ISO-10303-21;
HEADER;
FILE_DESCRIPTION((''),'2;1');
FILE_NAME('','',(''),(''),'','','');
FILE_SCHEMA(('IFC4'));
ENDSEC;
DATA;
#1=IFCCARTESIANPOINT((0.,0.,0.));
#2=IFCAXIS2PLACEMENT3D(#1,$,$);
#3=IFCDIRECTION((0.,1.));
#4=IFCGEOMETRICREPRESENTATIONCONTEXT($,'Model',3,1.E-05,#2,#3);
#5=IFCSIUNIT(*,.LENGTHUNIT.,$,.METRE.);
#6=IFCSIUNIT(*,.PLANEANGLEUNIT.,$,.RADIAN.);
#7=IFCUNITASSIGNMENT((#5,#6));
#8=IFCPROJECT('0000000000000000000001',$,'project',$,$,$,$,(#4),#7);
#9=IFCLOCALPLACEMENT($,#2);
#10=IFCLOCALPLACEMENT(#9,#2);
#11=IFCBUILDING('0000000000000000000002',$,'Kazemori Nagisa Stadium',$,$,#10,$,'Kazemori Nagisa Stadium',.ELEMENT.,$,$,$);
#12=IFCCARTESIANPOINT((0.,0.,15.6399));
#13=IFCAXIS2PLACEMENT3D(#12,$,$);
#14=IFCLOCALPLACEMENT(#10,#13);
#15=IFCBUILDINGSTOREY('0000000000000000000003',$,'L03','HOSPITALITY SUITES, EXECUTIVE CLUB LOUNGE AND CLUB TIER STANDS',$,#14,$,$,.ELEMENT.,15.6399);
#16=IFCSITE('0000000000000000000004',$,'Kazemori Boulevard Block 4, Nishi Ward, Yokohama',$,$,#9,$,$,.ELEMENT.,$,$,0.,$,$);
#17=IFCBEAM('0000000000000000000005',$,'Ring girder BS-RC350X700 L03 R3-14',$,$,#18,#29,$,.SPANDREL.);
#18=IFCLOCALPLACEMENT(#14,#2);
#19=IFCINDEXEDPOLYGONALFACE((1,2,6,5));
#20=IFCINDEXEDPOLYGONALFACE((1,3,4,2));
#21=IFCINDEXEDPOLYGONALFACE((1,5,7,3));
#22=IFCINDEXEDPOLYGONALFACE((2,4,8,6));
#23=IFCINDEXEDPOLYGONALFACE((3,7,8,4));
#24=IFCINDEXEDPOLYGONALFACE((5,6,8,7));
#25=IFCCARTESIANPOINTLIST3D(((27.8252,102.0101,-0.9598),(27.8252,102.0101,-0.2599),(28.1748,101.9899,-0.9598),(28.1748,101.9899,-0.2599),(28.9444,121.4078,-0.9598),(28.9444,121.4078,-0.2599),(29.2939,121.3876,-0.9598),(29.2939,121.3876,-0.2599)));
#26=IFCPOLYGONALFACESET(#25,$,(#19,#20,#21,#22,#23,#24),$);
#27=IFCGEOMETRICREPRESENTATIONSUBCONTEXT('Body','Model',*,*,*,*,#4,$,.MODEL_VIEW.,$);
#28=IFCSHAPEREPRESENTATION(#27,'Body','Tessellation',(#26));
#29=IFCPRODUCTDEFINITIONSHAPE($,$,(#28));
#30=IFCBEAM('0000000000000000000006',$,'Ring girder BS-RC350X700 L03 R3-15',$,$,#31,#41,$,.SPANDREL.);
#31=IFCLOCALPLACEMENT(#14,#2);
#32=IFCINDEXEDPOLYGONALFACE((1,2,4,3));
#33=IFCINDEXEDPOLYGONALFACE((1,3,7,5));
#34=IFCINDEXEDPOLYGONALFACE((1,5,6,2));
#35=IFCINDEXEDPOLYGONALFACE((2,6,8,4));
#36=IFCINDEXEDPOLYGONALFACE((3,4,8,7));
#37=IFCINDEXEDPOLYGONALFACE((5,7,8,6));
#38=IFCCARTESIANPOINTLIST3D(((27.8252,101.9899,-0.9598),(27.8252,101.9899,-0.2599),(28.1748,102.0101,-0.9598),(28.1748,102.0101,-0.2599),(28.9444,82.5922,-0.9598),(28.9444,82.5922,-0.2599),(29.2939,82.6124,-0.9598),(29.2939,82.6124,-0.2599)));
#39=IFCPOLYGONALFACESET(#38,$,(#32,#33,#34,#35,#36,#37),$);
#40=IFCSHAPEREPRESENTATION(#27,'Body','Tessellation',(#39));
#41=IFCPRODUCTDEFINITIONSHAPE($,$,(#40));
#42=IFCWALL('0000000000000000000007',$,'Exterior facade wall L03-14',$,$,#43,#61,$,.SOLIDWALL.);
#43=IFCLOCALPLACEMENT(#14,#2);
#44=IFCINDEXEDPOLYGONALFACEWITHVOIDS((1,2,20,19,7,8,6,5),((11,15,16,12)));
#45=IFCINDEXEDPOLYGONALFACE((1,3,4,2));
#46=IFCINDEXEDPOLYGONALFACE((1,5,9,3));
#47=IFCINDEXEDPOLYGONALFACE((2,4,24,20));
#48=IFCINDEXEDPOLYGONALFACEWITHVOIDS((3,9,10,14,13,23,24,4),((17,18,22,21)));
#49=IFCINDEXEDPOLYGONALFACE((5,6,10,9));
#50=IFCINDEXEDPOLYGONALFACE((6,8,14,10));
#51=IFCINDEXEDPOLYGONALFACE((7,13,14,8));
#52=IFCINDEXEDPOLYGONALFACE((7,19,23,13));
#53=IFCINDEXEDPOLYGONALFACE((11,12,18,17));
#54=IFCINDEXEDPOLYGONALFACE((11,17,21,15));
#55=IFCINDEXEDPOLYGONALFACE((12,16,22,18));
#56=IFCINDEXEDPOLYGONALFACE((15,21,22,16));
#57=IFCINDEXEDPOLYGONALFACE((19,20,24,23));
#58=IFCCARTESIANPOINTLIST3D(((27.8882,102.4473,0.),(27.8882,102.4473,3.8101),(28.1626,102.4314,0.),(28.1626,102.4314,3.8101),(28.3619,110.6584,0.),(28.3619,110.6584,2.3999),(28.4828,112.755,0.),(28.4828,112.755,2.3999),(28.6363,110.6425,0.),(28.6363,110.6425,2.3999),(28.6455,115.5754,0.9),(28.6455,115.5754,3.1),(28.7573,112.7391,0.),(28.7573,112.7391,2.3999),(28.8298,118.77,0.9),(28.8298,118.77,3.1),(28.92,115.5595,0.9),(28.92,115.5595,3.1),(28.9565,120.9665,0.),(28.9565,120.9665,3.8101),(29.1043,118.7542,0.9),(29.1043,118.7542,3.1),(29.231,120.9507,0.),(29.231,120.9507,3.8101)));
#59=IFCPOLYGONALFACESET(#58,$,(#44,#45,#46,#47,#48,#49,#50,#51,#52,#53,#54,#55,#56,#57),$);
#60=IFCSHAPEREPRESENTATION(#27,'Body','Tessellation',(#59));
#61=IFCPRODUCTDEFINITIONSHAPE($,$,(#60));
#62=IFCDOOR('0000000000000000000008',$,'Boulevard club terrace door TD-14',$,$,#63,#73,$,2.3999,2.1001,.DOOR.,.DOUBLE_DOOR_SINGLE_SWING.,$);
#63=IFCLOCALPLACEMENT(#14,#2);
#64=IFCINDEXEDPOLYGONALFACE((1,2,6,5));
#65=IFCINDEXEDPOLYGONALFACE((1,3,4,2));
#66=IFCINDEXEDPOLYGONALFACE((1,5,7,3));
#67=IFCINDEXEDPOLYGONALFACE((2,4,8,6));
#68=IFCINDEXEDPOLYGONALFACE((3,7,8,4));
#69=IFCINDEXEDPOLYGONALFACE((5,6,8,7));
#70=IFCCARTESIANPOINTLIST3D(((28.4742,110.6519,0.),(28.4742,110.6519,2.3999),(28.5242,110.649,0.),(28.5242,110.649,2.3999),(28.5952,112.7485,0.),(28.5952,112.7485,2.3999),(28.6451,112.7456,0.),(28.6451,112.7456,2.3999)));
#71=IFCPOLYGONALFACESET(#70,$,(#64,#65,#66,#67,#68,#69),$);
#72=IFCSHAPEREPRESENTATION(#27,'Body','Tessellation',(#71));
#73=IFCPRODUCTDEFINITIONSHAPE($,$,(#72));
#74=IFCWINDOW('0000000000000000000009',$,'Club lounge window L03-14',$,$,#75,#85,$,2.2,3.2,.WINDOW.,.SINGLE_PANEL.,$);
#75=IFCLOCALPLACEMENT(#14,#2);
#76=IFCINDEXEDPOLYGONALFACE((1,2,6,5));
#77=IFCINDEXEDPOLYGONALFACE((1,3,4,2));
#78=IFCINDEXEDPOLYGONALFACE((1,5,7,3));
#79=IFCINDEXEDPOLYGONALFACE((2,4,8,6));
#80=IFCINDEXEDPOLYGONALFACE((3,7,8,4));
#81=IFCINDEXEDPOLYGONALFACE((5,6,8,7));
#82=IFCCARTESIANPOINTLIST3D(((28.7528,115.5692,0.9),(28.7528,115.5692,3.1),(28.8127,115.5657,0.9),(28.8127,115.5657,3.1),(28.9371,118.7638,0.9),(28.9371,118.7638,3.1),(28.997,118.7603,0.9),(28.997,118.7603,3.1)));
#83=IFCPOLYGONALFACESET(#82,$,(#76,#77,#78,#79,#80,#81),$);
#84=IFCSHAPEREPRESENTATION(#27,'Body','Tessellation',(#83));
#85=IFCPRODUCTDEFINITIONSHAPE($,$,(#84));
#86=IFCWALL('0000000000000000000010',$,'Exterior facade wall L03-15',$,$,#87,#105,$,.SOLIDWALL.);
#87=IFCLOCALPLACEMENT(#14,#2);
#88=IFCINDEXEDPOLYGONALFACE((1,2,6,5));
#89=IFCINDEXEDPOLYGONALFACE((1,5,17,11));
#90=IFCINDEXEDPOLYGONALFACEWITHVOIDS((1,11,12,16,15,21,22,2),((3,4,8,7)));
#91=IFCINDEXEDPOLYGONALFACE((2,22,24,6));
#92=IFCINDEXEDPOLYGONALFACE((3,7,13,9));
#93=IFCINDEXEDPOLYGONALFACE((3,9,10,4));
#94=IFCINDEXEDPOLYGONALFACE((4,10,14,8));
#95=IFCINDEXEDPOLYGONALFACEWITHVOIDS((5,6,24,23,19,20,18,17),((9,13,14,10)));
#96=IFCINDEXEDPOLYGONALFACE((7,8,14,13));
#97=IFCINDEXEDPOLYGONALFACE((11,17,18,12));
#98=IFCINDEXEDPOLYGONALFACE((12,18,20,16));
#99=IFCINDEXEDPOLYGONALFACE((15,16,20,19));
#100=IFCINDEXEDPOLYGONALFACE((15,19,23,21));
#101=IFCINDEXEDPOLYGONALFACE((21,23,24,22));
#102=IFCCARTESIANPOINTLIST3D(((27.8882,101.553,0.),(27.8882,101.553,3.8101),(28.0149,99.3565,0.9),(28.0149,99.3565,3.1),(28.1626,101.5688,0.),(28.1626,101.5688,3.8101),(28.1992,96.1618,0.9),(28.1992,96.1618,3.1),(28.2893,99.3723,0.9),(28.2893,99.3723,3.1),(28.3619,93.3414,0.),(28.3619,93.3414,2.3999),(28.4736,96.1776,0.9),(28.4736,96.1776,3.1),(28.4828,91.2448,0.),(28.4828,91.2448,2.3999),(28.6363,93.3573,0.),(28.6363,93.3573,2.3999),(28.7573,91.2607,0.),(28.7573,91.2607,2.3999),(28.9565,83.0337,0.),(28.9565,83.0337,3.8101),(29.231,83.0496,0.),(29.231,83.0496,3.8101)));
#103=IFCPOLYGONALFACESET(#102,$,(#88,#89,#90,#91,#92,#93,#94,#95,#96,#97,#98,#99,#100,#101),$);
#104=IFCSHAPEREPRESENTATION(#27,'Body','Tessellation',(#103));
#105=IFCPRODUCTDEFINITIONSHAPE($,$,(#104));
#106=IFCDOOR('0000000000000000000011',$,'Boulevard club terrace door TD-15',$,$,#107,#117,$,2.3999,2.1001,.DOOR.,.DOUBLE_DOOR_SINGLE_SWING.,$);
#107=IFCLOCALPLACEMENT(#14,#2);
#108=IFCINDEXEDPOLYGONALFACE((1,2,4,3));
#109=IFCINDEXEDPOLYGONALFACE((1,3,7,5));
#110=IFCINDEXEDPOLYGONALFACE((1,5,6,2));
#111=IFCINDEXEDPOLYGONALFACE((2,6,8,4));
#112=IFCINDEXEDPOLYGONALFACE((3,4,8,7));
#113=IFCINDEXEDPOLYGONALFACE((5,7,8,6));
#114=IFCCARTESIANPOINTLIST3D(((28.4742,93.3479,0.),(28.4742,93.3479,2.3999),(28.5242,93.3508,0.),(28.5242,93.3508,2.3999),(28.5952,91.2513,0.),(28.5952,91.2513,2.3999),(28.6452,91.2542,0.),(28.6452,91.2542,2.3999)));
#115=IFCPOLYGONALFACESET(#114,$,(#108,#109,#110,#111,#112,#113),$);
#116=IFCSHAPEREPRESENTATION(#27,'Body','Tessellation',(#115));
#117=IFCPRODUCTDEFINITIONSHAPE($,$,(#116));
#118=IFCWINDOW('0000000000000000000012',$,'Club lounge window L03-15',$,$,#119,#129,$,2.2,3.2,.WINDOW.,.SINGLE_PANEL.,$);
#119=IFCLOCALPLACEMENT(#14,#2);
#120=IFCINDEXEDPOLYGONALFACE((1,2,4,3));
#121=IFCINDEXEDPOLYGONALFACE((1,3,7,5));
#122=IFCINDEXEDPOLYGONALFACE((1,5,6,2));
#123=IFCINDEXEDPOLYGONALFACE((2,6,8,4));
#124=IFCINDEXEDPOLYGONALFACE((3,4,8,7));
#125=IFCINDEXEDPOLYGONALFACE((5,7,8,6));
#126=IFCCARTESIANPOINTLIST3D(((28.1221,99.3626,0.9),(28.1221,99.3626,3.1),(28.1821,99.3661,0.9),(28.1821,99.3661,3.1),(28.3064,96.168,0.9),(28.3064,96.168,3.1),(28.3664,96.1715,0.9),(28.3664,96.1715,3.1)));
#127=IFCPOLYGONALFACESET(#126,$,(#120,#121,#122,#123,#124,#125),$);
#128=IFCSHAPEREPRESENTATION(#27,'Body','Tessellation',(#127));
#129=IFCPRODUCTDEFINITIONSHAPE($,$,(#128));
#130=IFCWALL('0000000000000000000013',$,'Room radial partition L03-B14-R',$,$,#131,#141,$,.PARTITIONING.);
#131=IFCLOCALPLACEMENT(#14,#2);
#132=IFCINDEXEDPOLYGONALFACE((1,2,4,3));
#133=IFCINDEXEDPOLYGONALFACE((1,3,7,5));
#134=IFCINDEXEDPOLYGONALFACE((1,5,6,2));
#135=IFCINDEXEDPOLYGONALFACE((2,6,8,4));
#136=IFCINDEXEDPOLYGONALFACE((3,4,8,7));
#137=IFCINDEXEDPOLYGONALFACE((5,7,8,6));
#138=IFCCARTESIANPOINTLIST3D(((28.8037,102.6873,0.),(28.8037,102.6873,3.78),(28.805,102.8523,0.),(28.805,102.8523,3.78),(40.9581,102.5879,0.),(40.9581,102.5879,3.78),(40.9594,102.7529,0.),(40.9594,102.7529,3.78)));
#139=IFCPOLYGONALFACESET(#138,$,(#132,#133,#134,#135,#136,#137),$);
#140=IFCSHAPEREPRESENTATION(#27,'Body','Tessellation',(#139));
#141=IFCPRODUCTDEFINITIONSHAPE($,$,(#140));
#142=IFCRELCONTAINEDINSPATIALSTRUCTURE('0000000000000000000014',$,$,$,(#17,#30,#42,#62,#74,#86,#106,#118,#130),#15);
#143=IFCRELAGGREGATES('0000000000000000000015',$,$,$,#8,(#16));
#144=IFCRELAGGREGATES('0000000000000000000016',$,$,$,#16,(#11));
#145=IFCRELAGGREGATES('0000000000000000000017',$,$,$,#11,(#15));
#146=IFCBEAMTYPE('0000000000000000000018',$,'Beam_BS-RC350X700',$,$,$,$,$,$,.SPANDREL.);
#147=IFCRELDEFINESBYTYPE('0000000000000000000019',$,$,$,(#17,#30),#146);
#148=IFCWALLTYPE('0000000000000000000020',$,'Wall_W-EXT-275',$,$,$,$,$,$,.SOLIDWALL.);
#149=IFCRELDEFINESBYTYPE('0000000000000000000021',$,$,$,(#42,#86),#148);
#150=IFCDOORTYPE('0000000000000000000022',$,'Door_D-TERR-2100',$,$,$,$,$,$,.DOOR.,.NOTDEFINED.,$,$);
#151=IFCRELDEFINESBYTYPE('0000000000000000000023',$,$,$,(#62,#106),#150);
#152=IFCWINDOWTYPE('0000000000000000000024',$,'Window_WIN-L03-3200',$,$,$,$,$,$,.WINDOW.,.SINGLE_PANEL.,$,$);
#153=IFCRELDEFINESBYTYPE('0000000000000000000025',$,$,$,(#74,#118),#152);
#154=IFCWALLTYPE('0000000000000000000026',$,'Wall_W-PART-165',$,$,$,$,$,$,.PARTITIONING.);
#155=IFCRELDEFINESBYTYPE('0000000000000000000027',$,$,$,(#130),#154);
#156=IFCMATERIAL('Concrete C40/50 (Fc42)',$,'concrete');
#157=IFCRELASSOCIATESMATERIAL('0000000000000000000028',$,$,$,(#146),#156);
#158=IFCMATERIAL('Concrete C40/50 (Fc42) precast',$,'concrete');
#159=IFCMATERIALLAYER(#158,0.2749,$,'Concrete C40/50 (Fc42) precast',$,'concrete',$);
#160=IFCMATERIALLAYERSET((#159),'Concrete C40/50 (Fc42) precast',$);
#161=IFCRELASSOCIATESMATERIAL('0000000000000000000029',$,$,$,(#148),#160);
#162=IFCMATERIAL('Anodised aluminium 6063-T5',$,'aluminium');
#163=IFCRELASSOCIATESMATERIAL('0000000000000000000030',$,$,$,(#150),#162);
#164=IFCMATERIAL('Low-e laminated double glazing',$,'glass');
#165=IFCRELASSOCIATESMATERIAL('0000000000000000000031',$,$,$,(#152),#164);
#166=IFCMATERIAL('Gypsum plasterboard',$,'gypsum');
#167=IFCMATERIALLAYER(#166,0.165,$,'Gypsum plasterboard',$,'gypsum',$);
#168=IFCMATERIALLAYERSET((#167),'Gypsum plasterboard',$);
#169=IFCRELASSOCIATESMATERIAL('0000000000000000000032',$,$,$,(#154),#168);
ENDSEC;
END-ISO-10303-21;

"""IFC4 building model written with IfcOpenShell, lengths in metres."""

from ifc_helpers import new_model, si_unit, direction, frame, frame_2d, origin, origin_2d, place, context, subcontext, project, spatial, rectangle, extrude, material, layer, layer_set, material_profile, profile_set, type_object, element, fill, save


model = new_model("IFC4")

# Units and contexts
model_context = context("Model", 3, precision=1e-05, world=origin(), true_north=direction((0.0, 1.0)))
body_context = subcontext(model_context, "Body", "Model", "MODEL_VIEW")
ifc_project = project(units=[si_unit("LENGTHUNIT", "METRE"), si_unit("PLANEANGLEUNIT", "RADIAN")], contexts=[model_context])

# Site, building, storey
site_placement = place(None, origin())
site = spatial("IfcSite", under=ifc_project, at=site_placement, Name="Kazemori Boulevard Block 4, Nishi Ward, Yokohama", CompositionType="ELEMENT", RefElevation=0.0)
building_placement = place(site_placement, origin())
building = spatial("IfcBuilding", under=site, at=building_placement, Name="Kazemori Nagisa Stadium", LongName="Kazemori Nagisa Stadium", CompositionType="ELEMENT")
storey_placement = place(building_placement, frame((0.0, 0.0, 15.6399)))
storey = spatial("IfcBuildingStorey", under=building, at=storey_placement, Name="L03", Description="HOSPITALITY SUITES, EXECUTIVE CLUB LOUNGE AND CLUB TIER STANDS", CompositionType="ELEMENT", Elevation=15.6399)

# Shared definitions
ifc_material_1 = material(Name="Concrete C40/50 (Fc42)", Category="concrete")

# Beams
ifc_material_profile_1 = material_profile(ifc_material_1, rectangle(XDim=0.3501, YDim=0.7, at=origin_2d()), Name="RC-SP-350x700")
ifc_profile_set_1 = profile_set([ifc_material_profile_1], Name="Concrete C40/50 (Fc42)")
beam_type_1 = type_object("IfcBeamType", Name="Beam_BS-RC350X700", PredefinedType="SPANDREL", material=ifc_profile_set_1)
for number, where, z_axis, x_axis, name in (
    (1, (29.1191, 121.3977, -0.6099), (-0.057599, -0.99834, 0.0), (0.99834, -0.057599, 0.0), "Ring girder BS-RC350X700 L03 R3-14"),
    (2, (28.0, 102.0, -0.6099), (0.057599, -0.99834, 0.0), (0.99834, 0.057599, 0.0), "Ring girder BS-RC350X700 L03 R3-15"),
):
    element("IfcBeam", number, at=place(storey_placement, frame(where, z_axis=z_axis, x_axis=x_axis)), inside=storey, type_object=beam_type_1, Name=name, PredefinedType="SPANDREL", context=body_context, shape_type="SweptSolid", body=[
        extrude(rectangle(XDim=0.3501, YDim=0.7, at=origin_2d()), origin(), (0.0, 0.0, 1.0), 19.4299),
    ])

# Walls, openings, doors, windows
ifc_material_2 = material(Name="Concrete C40/50 (Fc42) precast", Category="concrete")
ifc_layer_1 = layer(ifc_material_2, 0.2749, Name="Concrete C40/50 (Fc42) precast", Category="concrete")
ifc_layer_set_1 = layer_set([ifc_layer_1], Name="Concrete C40/50 (Fc42) precast")
wall_type_1 = type_object("IfcWallType", Name="Wall_W-EXT-275", PredefinedType="SOLIDWALL", material=ifc_layer_set_1)
wall_1_placement = place(storey_placement, frame((29.0938, 120.9585, 0.0), z_axis=(0.0, 0.0, 1.0), x_axis=(-0.057593, -0.99834, 0.0)))
wall_1 = element("IfcWall", 3, at=wall_1_placement, inside=storey, type_object=wall_type_1, Name="Exterior facade wall L03-14", PredefinedType="SOLIDWALL", context=body_context, shape_type="SweptSolid", body=[
    extrude(rectangle(XDim=18.55, YDim=0.2749, at=frame_2d((9.2749, 0.0))), origin(), (0.0, 0.0, 1.0), 3.8101),
])
opening_1_placement = place(wall_1_placement, frame((8.2251, 0.0, 0.0)))
opening_1 = element("IfcOpeningElement", 4, at=opening_1_placement, cuts=wall_1, PredefinedType="OPENING", context=body_context, shape_type="SweptSolid", body=[
    extrude(rectangle(XDim=2.1001, YDim=2.3999, at=frame_2d((1.05, 1.2))), frame((0.0, 0.1475, 0.0), z_axis=(0.0, -1.0, 0.0), x_axis=(1.0, 0.0, 0.0)), (0.0, 0.0, 1.0), 0.2949),
])
opening_2_placement = place(wall_1_placement, frame((2.2, 0.0, 0.8999)))
opening_2 = element("IfcOpeningElement", 5, at=opening_2_placement, cuts=wall_1, PredefinedType="OPENING", context=body_context, shape_type="SweptSolid", body=[
    extrude(rectangle(XDim=3.2, YDim=2.2, at=frame_2d((1.6001, 1.1001))), frame((0.0, 0.1475, 0.0), z_axis=(0.0, -1.0, 0.0), x_axis=(1.0, 0.0, 0.0)), (0.0, 0.0, 1.0), 0.2949),
])
ifc_material_3 = material(Name="Anodised aluminium 6063-T5", Category="aluminium")
door_type_1 = type_object("IfcDoorType", Name="Door_D-TERR-2100", OperationType="NOTDEFINED", PredefinedType="DOOR", material=ifc_material_3)
door_1_placement = place(opening_1_placement, frame((2.1001, 0.0, 0.0), z_axis=(0.0, 0.0, 1.0), x_axis=(-1.0, 0.0, 0.0)))
door_1 = element("IfcDoor", 6, at=door_1_placement, inside=storey, type_object=door_type_1, Name="Boulevard club terrace door TD-14", OperationType="DOUBLE_DOOR_SINGLE_SWING", OverallHeight=2.3999, OverallWidth=2.1001, PredefinedType="DOOR", context=body_context, shape_type="SweptSolid", body=[
    extrude(rectangle(XDim=2.1001, YDim=2.3999, at=frame_2d((1.05, 1.2))), frame((0.0, 0.0249, 0.0), z_axis=(0.0, -1.0, 0.0), x_axis=(1.0, 0.0, 0.0)), (0.0, 0.0, 1.0), 0.05),
])
fill(opening_1, door_1)
ifc_material_4 = material(Name="Low-e laminated double glazing", Category="glass")
window_type = type_object("IfcWindowType", Name="Window_WIN-L03-3200", PartitioningType="SINGLE_PANEL", PredefinedType="WINDOW", material=ifc_material_4)
window_1_placement = place(opening_2_placement, origin())
window_1 = element("IfcWindow", 7, at=window_1_placement, inside=storey, type_object=window_type, Name="Club lounge window L03-14", OverallHeight=2.2, OverallWidth=3.2, PartitioningType="SINGLE_PANEL", PredefinedType="WINDOW", context=body_context, shape_type="SweptSolid", body=[
    extrude(rectangle(XDim=3.2, YDim=2.2, at=frame_2d((1.6001, 1.1001))), frame((0.0, 0.03, 0.0), z_axis=(0.0, -1.0, 0.0), x_axis=(1.0, 0.0, 0.0)), (0.0, 0.0, 1.0), 0.0601),
])
fill(opening_2, window_1)
wall_2_placement = place(storey_placement, frame((28.0254, 101.5608, 0.0), z_axis=(0.0, 0.0, 1.0), x_axis=(0.057593, -0.99834, 0.0)))
wall_2 = element("IfcWall", 8, at=wall_2_placement, inside=storey, type_object=wall_type_1, Name="Exterior facade wall L03-15", PredefinedType="SOLIDWALL", context=body_context, shape_type="SweptSolid", body=[
    extrude(rectangle(XDim=18.55, YDim=0.2749, at=frame_2d((9.2749, 0.0))), origin(), (0.0, 0.0, 1.0), 3.8101),
])
opening_3_placement = place(wall_2_placement, frame((8.2251, 0.0, 0.0)))
opening_3 = element("IfcOpeningElement", 9, at=opening_3_placement, cuts=wall_2, PredefinedType="OPENING", context=body_context, shape_type="SweptSolid", body=[
    extrude(rectangle(XDim=2.1001, YDim=2.3999, at=frame_2d((1.05, 1.2))), frame((0.0, 0.1475, 0.0), z_axis=(0.0, -1.0, 0.0), x_axis=(1.0, 0.0, 0.0)), (0.0, 0.0, 1.0), 0.2949),
])
opening_4_placement = place(wall_2_placement, frame((2.2, 0.0, 0.8999)))
opening_4 = element("IfcOpeningElement", 10, at=opening_4_placement, cuts=wall_2, PredefinedType="OPENING", context=body_context, shape_type="SweptSolid", body=[
    extrude(rectangle(XDim=3.2, YDim=2.2, at=frame_2d((1.6001, 1.1001))), frame((0.0, 0.1475, 0.0), z_axis=(0.0, -1.0, 0.0), x_axis=(1.0, 0.0, 0.0)), (0.0, 0.0, 1.0), 0.2949),
])
door_2_placement = place(opening_3_placement, frame((2.1001, 0.0, 0.0), z_axis=(0.0, 0.0, 1.0), x_axis=(-1.0, 0.0, 0.0)))
door_2 = element("IfcDoor", 11, at=door_2_placement, inside=storey, type_object=door_type_1, Name="Boulevard club terrace door TD-15", OperationType="DOUBLE_DOOR_SINGLE_SWING", OverallHeight=2.3999, OverallWidth=2.1001, PredefinedType="DOOR", context=body_context, shape_type="SweptSolid", body=[
    extrude(rectangle(XDim=2.1001, YDim=2.3999, at=frame_2d((1.05, 1.2))), frame((0.0, 0.0249, 0.0), z_axis=(0.0, -1.0, 0.0), x_axis=(1.0, 0.0, 0.0)), (0.0, 0.0, 1.0), 0.05),
])
fill(opening_3, door_2)
window_2_placement = place(opening_4_placement, origin())
window_2 = element("IfcWindow", 12, at=window_2_placement, inside=storey, type_object=window_type, Name="Club lounge window L03-15", OverallHeight=2.2, OverallWidth=3.2, PartitioningType="SINGLE_PANEL", PredefinedType="WINDOW", context=body_context, shape_type="SweptSolid", body=[
    extrude(rectangle(XDim=3.2, YDim=2.2, at=frame_2d((1.6001, 1.1001))), frame((0.0, 0.03, 0.0), z_axis=(0.0, -1.0, 0.0), x_axis=(1.0, 0.0, 0.0)), (0.0, 0.0, 1.0), 0.0601),
])
fill(opening_4, window_2)

# Wall
ifc_material_5 = material(Name="Gypsum plasterboard", Category="gypsum")
ifc_layer_2 = layer(ifc_material_5, 0.165, Name="Gypsum plasterboard", Category="gypsum")
ifc_layer_set_2 = layer_set([ifc_layer_2], Name="Gypsum plasterboard")
wall_type_2 = type_object("IfcWallType", Name="Wall_W-PART-165", PredefinedType="PARTITIONING", material=ifc_layer_set_2)
wall_3_placement = place(storey_placement, frame((40.9587, 102.6704, 0.0), z_axis=(0.0, 0.0, 1.0), x_axis=(-0.999967, 0.008175, 0.0)))
element("IfcWall", 13, at=wall_3_placement, inside=storey, type_object=wall_type_2, Name="Room radial partition L03-B14-R", PredefinedType="PARTITIONING", context=body_context, shape_type="SweptSolid", body=[
    extrude(rectangle(XDim=12.1548, YDim=0.165, at=frame_2d((6.0774, 0.0))), origin(), (0.0, 0.0, 1.0), 3.78),
])

save(model, "model.ifc")
